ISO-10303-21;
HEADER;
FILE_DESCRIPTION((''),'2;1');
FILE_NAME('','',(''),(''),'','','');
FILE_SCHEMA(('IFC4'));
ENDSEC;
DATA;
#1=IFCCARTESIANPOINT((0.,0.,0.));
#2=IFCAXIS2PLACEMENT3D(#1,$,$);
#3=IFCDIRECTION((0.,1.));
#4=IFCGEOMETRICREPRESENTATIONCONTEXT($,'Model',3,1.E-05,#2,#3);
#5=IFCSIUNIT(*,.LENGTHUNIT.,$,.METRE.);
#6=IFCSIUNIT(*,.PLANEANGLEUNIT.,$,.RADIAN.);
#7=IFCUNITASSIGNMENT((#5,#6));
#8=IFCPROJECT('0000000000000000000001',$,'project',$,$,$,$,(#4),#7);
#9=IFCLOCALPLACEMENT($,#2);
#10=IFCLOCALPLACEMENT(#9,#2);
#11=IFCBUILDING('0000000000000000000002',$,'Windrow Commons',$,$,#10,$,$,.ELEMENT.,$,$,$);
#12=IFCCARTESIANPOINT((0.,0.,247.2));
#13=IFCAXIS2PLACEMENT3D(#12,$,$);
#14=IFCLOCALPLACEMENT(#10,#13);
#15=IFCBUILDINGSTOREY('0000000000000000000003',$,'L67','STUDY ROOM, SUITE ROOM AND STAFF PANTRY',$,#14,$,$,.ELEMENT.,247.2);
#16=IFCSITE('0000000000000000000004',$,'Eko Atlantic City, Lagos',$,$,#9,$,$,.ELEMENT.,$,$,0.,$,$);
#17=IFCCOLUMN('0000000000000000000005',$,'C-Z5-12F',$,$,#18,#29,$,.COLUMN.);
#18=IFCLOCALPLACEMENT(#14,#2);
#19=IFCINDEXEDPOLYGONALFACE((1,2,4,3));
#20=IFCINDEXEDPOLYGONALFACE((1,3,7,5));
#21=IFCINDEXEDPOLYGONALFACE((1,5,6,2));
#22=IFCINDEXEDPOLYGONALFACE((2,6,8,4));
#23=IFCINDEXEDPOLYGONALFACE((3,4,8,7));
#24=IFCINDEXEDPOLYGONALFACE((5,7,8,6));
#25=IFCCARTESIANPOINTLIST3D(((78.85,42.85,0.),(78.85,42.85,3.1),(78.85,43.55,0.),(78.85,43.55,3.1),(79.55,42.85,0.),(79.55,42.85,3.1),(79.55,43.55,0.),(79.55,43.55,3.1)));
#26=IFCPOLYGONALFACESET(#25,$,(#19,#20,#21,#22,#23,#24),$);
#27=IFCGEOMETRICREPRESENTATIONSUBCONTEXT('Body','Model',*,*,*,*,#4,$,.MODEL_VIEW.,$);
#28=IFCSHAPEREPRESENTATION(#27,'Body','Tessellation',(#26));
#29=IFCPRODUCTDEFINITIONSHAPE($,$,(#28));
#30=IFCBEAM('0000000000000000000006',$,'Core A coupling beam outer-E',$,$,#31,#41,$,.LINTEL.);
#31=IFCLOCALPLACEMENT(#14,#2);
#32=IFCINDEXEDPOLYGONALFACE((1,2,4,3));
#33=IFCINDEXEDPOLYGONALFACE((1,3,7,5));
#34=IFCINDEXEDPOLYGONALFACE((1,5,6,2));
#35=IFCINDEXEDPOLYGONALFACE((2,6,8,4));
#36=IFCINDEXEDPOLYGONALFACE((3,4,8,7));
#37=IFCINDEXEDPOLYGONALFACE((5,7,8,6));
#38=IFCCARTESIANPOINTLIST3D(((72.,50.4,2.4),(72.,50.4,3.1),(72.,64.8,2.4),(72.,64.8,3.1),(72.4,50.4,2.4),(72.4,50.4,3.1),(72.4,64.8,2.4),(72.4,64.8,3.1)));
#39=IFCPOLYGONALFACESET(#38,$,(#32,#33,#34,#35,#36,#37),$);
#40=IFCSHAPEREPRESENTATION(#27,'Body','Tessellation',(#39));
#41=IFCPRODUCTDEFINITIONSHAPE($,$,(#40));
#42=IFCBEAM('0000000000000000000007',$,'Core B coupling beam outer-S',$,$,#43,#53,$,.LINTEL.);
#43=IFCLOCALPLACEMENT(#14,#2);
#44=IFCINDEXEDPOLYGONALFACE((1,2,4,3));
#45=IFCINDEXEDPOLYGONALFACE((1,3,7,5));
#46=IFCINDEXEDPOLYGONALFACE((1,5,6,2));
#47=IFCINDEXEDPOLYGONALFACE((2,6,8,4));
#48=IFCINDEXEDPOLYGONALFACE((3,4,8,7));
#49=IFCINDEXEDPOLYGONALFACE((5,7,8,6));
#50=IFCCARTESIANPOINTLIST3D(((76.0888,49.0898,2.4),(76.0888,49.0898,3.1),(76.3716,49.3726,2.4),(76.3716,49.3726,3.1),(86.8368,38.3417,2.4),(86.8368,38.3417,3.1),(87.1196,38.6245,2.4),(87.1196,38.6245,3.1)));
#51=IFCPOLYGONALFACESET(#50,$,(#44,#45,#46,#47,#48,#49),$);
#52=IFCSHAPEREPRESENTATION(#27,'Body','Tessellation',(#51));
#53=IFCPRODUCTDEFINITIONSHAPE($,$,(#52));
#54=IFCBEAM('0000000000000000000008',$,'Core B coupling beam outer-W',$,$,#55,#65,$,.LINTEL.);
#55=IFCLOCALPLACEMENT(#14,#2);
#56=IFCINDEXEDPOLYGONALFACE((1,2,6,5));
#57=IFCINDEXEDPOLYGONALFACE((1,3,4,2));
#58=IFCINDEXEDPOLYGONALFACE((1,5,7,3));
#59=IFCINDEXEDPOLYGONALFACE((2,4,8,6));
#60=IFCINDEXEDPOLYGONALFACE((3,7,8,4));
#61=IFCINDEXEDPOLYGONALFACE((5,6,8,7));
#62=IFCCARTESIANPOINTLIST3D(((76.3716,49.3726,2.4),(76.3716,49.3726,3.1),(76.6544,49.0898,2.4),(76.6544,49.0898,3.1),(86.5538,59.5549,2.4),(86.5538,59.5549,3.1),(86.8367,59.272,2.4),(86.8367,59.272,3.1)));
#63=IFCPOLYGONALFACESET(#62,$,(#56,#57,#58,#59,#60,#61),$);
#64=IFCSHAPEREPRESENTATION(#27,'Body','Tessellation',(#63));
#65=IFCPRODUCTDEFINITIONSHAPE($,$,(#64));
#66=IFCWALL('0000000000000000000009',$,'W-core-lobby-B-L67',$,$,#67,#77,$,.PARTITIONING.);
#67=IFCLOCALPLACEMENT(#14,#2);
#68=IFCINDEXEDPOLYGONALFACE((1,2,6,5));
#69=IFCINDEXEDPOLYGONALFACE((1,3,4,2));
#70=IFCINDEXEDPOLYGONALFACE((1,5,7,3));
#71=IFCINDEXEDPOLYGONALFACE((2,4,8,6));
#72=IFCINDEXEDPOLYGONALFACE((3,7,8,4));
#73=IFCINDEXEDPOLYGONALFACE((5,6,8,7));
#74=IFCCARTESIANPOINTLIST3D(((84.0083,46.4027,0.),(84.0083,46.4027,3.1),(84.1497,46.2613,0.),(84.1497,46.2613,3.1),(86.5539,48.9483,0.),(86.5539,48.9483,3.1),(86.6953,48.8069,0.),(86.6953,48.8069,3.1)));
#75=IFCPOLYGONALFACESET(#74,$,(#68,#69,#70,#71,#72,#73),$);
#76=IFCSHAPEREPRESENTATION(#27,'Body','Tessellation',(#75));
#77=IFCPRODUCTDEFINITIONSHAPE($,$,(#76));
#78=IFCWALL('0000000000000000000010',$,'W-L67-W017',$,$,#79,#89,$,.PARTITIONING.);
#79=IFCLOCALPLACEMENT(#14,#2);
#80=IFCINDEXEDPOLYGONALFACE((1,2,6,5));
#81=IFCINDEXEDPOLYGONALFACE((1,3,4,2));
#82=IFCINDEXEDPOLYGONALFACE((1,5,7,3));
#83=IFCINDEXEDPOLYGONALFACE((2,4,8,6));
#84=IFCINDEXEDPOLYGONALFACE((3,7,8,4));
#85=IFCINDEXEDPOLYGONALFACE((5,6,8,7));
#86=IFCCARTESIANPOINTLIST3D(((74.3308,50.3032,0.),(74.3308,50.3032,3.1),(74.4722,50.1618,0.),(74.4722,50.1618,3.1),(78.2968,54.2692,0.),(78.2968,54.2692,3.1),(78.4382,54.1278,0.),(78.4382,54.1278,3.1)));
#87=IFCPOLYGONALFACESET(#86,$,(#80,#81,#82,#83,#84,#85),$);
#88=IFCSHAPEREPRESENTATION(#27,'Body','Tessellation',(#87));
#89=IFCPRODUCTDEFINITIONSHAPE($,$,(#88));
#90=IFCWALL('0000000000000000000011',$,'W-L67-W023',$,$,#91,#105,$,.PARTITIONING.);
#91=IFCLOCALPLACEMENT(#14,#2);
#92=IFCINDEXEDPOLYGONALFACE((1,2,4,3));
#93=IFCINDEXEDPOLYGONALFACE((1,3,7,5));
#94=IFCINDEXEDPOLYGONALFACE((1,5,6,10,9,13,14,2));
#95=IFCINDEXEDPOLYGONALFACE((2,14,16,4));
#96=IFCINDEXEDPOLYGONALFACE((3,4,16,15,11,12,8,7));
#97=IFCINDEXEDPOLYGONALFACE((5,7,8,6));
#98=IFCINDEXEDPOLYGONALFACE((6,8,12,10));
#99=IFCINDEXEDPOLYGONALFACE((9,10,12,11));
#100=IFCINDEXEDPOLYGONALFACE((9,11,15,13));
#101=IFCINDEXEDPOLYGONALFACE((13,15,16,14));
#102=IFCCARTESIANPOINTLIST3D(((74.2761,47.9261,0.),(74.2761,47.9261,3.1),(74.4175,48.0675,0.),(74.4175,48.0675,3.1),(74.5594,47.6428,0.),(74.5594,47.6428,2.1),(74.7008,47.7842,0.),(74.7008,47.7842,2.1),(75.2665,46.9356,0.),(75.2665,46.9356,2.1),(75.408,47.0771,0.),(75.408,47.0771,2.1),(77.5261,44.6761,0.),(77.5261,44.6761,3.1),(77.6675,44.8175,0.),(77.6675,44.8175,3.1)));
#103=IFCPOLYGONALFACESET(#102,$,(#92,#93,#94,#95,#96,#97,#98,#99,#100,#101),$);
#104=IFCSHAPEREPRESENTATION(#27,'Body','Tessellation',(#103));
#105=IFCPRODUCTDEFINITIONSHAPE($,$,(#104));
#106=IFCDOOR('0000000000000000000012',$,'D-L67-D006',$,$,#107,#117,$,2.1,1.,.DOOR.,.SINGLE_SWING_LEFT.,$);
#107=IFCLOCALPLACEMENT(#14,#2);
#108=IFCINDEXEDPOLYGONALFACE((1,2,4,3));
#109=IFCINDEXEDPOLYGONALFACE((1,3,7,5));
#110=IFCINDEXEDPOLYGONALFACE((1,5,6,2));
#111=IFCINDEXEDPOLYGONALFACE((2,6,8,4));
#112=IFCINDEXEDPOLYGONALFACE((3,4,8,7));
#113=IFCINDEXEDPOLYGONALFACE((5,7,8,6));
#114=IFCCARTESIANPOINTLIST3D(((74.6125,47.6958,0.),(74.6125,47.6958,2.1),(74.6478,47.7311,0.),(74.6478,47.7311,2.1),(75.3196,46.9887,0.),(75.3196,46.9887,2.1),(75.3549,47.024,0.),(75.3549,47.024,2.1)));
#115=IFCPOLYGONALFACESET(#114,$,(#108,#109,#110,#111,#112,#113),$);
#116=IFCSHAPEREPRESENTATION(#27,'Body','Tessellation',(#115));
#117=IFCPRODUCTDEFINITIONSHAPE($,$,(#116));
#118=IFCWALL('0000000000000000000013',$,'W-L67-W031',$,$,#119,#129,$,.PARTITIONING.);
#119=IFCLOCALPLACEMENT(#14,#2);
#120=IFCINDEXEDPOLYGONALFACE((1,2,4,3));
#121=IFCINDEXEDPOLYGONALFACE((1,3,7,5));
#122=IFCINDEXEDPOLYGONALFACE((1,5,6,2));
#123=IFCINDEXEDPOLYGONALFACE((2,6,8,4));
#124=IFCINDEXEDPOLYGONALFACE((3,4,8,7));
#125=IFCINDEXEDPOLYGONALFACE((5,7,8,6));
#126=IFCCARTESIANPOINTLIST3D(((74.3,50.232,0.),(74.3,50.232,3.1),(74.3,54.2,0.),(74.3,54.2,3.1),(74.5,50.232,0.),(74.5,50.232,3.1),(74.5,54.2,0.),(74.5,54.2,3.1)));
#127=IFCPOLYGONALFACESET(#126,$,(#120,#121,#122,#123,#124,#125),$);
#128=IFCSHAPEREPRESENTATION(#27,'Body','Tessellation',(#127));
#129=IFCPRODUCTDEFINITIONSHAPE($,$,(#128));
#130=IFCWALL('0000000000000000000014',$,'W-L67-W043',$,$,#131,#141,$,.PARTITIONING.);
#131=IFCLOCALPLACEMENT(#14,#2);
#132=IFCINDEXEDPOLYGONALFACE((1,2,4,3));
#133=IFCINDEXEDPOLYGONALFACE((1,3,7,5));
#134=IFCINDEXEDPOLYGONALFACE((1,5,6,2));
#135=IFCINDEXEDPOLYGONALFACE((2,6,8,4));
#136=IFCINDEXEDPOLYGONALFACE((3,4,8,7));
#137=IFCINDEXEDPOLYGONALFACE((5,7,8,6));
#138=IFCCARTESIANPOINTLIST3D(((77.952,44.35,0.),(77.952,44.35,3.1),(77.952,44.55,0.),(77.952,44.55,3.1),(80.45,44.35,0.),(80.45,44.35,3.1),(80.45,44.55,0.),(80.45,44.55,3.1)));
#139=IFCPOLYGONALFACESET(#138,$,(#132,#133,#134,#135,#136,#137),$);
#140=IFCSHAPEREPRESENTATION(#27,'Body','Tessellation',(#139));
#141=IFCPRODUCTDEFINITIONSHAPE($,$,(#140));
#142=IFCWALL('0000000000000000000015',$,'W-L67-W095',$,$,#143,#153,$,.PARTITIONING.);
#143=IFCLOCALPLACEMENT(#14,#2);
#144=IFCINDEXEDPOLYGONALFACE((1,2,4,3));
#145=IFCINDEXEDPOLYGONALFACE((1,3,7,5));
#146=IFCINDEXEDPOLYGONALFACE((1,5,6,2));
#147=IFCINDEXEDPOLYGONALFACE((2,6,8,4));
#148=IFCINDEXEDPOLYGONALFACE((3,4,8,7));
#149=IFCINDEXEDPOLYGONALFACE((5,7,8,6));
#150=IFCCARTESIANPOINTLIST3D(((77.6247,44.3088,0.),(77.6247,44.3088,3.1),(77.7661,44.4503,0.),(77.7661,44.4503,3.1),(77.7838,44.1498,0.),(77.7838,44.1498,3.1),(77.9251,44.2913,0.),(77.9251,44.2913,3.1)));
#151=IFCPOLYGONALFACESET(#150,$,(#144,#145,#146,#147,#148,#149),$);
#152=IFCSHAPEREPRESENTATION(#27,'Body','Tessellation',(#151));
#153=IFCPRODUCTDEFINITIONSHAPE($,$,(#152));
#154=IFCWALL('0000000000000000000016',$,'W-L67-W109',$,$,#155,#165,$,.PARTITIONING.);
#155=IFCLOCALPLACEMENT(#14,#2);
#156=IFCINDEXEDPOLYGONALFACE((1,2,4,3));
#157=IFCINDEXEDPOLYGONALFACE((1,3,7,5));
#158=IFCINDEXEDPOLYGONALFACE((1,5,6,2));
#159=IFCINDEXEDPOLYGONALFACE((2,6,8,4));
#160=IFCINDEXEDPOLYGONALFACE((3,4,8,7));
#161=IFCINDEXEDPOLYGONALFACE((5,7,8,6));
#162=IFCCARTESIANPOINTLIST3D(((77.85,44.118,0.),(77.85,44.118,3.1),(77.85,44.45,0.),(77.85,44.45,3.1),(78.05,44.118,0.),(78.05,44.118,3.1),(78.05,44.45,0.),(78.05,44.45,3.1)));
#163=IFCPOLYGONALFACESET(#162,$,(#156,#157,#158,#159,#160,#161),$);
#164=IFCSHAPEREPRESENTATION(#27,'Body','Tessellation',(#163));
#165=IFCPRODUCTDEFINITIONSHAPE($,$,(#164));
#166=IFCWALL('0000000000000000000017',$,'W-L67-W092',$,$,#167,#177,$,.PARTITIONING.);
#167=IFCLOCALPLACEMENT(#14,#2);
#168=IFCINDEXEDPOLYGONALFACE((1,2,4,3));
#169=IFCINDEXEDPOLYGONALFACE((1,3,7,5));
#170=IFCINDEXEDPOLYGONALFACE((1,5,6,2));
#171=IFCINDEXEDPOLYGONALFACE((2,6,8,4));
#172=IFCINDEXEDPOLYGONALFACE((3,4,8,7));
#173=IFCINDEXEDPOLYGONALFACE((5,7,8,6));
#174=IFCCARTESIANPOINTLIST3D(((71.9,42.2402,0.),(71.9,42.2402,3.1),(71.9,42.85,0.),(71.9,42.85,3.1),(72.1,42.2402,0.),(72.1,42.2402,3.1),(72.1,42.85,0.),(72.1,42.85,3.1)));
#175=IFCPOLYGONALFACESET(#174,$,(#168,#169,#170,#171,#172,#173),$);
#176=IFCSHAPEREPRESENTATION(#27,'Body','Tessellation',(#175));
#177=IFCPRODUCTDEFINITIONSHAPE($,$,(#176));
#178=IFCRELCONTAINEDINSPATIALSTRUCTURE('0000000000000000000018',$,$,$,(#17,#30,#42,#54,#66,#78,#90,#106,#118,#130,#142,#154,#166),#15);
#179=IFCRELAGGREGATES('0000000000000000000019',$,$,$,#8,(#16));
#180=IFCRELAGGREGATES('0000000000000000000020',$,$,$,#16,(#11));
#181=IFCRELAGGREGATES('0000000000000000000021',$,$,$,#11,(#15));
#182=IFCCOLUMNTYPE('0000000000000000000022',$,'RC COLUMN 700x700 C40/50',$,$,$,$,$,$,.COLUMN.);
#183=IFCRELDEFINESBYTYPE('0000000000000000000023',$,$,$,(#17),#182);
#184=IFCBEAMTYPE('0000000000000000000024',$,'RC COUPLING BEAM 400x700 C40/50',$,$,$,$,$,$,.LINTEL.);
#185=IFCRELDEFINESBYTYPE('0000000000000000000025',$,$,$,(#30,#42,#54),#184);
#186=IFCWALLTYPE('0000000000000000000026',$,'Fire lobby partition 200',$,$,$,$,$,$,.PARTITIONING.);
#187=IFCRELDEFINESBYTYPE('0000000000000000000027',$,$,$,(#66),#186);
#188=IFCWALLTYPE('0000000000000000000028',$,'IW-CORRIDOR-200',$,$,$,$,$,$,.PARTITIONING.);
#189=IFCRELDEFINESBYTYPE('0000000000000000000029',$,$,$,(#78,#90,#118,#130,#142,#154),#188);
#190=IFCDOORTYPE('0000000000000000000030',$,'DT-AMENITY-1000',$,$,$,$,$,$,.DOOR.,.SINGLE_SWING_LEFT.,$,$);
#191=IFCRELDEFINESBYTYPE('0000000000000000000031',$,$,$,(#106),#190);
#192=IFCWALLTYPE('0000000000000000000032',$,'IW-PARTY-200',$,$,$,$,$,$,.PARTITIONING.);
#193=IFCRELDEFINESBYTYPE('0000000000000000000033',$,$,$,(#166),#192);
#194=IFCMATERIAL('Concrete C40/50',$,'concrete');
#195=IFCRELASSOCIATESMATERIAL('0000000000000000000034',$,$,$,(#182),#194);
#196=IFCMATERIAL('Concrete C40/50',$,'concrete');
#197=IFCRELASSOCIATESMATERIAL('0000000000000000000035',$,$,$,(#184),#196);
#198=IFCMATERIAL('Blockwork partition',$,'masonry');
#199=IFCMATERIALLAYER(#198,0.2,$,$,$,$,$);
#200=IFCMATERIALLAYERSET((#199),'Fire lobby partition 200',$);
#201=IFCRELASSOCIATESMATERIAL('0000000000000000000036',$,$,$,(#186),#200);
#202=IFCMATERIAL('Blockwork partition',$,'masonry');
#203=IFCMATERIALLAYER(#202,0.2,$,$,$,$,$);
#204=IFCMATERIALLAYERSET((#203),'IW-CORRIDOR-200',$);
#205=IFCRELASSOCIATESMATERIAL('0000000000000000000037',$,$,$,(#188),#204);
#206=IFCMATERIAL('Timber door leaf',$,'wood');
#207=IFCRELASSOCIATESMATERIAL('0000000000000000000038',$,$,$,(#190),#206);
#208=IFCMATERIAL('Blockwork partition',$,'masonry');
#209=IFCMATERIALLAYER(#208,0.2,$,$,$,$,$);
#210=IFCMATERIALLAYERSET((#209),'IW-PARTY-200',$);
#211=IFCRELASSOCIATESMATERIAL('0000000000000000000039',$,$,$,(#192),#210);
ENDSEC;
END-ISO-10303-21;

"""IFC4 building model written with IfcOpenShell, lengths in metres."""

from ifc_helpers import new_model, si_unit, direction, frame, frame_2d, origin, origin_2d, place, context, subcontext, project, spatial, rectangle, extrude, material, layer, layer_set, material_profile, profile_set, type_object, element, fill, save


model = new_model("IFC4")

# Units and contexts
model_context = context("Model", 3, precision=1e-05, world=origin(), true_north=direction((0.0, 1.0)))
body_context = subcontext(model_context, "Body", "Model", "MODEL_VIEW")
ifc_project = project(units=[si_unit("LENGTHUNIT", "METRE"), si_unit("PLANEANGLEUNIT", "RADIAN")], contexts=[model_context])

# Site, building, storey
site_placement = place(None, origin())
site = spatial("IfcSite", under=ifc_project, at=site_placement, Name="Eko Atlantic City, Lagos", CompositionType="ELEMENT", RefElevation=0.0)
building_placement = place(site_placement, origin())
building = spatial("IfcBuilding", under=site, at=building_placement, Name="Windrow Commons", CompositionType="ELEMENT")
storey_placement = place(building_placement, frame((0.0, 0.0, 247.2)))
storey = spatial("IfcBuildingStorey", under=building, at=storey_placement, Name="L67", Description="STUDY ROOM, SUITE ROOM AND STAFF PANTRY", CompositionType="ELEMENT", Elevation=247.2)

# Column
ifc_material_1 = material(Name="Concrete C40/50", Category="concrete")
ifc_material_profile_1 = material_profile(ifc_material_1, rectangle(XDim=0.7, YDim=0.7, at=origin_2d()))
ifc_profile_set_1 = profile_set([ifc_material_profile_1], Name="Concrete C40/50")
column_type = type_object("IfcColumnType", Name="RC COLUMN 700x700 C40/50", PredefinedType="COLUMN", material=ifc_profile_set_1)
column_placement = place(storey_placement, frame((79.2, 43.2, 0.0), z_axis=(0.0, 0.0, 1.0), x_axis=(1.0, 0.0, 0.0)))
element("IfcColumn", 1, at=column_placement, inside=storey, type_object=column_type, Name="C-Z5-12F", PredefinedType="COLUMN", context=body_context, shape_type="SweptSolid", body=[
    extrude(rectangle(XDim=0.7, YDim=0.7, at=origin_2d()), origin(), (0.0, 0.0, 1.0), 3.1),
])

# Beams
ifc_material_2 = material(Name="Concrete C40/50", Category="concrete")
ifc_material_profile_2 = material_profile(ifc_material_2, rectangle(XDim=0.4, YDim=0.7, at=origin_2d()))
ifc_profile_set_2 = profile_set([ifc_material_profile_2], Name="Concrete C40/50")
beam_type = type_object("IfcBeamType", Name="RC COUPLING BEAM 400x700 C40/50", PredefinedType="LINTEL", material=ifc_profile_set_2)
beam_1_placement = place(storey_placement, frame((72.2, 50.4, 2.75), z_axis=(0.0, 1.0, 0.0), x_axis=(-1.0, 0.0, 0.0)))
element("IfcBeam", 2, at=beam_1_placement, inside=storey, type_object=beam_type, Name="Core A coupling beam outer-E", PredefinedType="LINTEL", context=body_context, shape_type="SweptSolid", body=[
    extrude(rectangle(XDim=0.4, YDim=0.7, at=origin_2d()), origin(), (0.0, 0.0, 1.0), 14.4),
])
beam_2_placement = place(storey_placement, frame((76.2302, 49.2312, 2.75), z_axis=(0.707103, -0.70711, 0.0), x_axis=(0.70711, 0.707103, 0.0)))
element("IfcBeam", 3, at=beam_2_placement, inside=storey, type_object=beam_type, Name="Core B coupling beam outer-S", PredefinedType="LINTEL", context=body_context, shape_type="SweptSolid", body=[
    extrude(rectangle(XDim=0.4, YDim=0.7, at=origin_2d()), origin(), (0.0, 0.0, 1.0), 15.2),
])
beam_3_placement = place(storey_placement, frame((76.513, 49.2312, 2.75), z_axis=(0.707107, 0.707107, 0.0), x_axis=(-0.707107, 0.707107, 0.0)))
element("IfcBeam", 4, at=beam_3_placement, inside=storey, type_object=beam_type, Name="Core B coupling beam outer-W", PredefinedType="LINTEL", context=body_context, shape_type="SweptSolid", body=[
    extrude(rectangle(XDim=0.4, YDim=0.7, at=origin_2d()), origin(), (0.0, 0.0, 1.0), 14.3999),
])

# Walls
ifc_material_3 = material(Name="Blockwork partition", Category="masonry")
ifc_layer_1 = layer(ifc_material_3, 0.2)
ifc_layer_set_1 = layer_set([ifc_layer_1], Name="Fire lobby partition 200")
wall_type_1 = type_object("IfcWallType", Name="Fire lobby partition 200", PredefinedType="PARTITIONING", material=ifc_layer_set_1)
wall_1_placement = place(storey_placement, frame((84.079, 46.332, 0.0), z_axis=(0.0, 0.0, 1.0), x_axis=(0.707107, 0.707107, 0.0)))
element("IfcWall", 5, at=wall_1_placement, inside=storey, type_object=wall_type_1, Name="W-core-lobby-B-L67", PredefinedType="PARTITIONING", context=body_context, shape_type="SweptSolid", body=[
    extrude(rectangle(XDim=3.6, YDim=0.2, at=frame_2d((1.8, 0.0))), origin(), (0.0, 0.0, 1.0), 3.1),
])
ifc_material_4 = material(Name="Blockwork partition", Category="masonry")
ifc_layer_2 = layer(ifc_material_4, 0.2)
ifc_layer_set_2 = layer_set([ifc_layer_2], Name="IW-CORRIDOR-200")
wall_type_2 = type_object("IfcWallType", Name="IW-CORRIDOR-200", PredefinedType="PARTITIONING", material=ifc_layer_set_2)
wall_2_placement = place(storey_placement, frame((74.4015, 50.2325, 0.0), z_axis=(0.0, 0.0, 1.0), x_axis=(0.707107, 0.707107, 0.0)))
element("IfcWall", 6, at=wall_2_placement, inside=storey, type_object=wall_type_2, Name="W-L67-W017", PredefinedType="PARTITIONING", context=body_context, shape_type="SweptSolid", body=[
    extrude(rectangle(XDim=5.6088, YDim=0.2, at=frame_2d((2.8044, 0.0))), origin(), (0.0, 0.0, 1.0), 3.1),
])

# Wall, opening, door
wall_3_placement = place(storey_placement, frame((74.3468, 47.9968, 0.0), z_axis=(0.0, 0.0, 1.0), x_axis=(0.707107, -0.707107, 0.0)))
wall_3 = element("IfcWall", 7, at=wall_3_placement, inside=storey, type_object=wall_type_2, Name="W-L67-W023", PredefinedType="PARTITIONING", context=body_context, shape_type="SweptSolid", body=[
    extrude(rectangle(XDim=4.5962, YDim=0.2, at=frame_2d((2.2981, 0.0))), origin(), (0.0, 0.0, 1.0), 3.1),
])
opening_1_placement = place(wall_3_placement, frame((0.4007, 0.0, 0.0)))
opening_1 = element("IfcOpeningElement", 8, at=opening_1_placement, cuts=wall_3, PredefinedType="OPENING", context=body_context, shape_type="SweptSolid", body=[
    extrude(rectangle(XDim=1.0, YDim=2.1, at=frame_2d((0.5, 1.05))), frame((0.0, 0.11, 0.0), z_axis=(0.0, -1.0, 0.0), x_axis=(1.0, 0.0, 0.0)), (0.0, 0.0, 1.0), 0.22),
])
ifc_material_5 = material(Name="Timber door leaf", Category="wood")
door_type_1 = type_object("IfcDoorType", Name="DT-AMENITY-1000", OperationType="SINGLE_SWING_LEFT", PredefinedType="DOOR", material=ifc_material_5)
door_1_placement = place(opening_1_placement, origin())
door_1 = element("IfcDoor", 9, at=door_1_placement, inside=storey, type_object=door_type_1, Name="D-L67-D006", OperationType="SINGLE_SWING_LEFT", OverallHeight=2.1, OverallWidth=1.0, PredefinedType="DOOR", context=body_context, shape_type="SweptSolid", body=[
    extrude(rectangle(XDim=1.0, YDim=2.1, at=frame_2d((0.5, 1.05))), frame((0.0, 0.025, 0.0), z_axis=(0.0, -1.0, 0.0), x_axis=(1.0, 0.0, 0.0)), (0.0, 0.0, 1.0), 0.05),
])
fill(opening_1, door_1)

# Walls
wall_4_placement = place(storey_placement, frame((74.4, 50.232, 0.0), z_axis=(0.0, 0.0, 1.0), x_axis=(0.0, 1.0, 0.0)))
element("IfcWall", 10, at=wall_4_placement, inside=storey, type_object=wall_type_2, Name="W-L67-W031", PredefinedType="PARTITIONING", context=body_context, shape_type="SweptSolid", body=[
    extrude(rectangle(XDim=3.968, YDim=0.2, at=frame_2d((1.984, 0.0))), origin(), (0.0, 0.0, 1.0), 3.1),
])
wall_5_placement = place(storey_placement, frame((77.952, 44.45, 0.0), z_axis=(0.0, 0.0, 1.0), x_axis=(1.0, 0.0, 0.0)))
element("IfcWall", 11, at=wall_5_placement, inside=storey, type_object=wall_type_2, Name="W-L67-W043", PredefinedType="PARTITIONING", context=body_context, shape_type="SweptSolid", body=[
    extrude(rectangle(XDim=2.498, YDim=0.2, at=frame_2d((1.249, 0.0))), origin(), (0.0, 0.0, 1.0), 3.1),
])
wall_6_placement = place(storey_placement, frame((77.6954, 44.3795, 0.0), z_axis=(0.0, 0.0, 1.0), x_axis=(0.707329, -0.706884, 0.0)))
element("IfcWall", 12, at=wall_6_placement, inside=storey, type_object=wall_type_2, Name="W-L67-W095", PredefinedType="PARTITIONING", context=body_context, shape_type="SweptSolid", body=[
    extrude(rectangle(XDim=0.2249, YDim=0.2, at=frame_2d((0.1124, 0.0))), origin(), (0.0, 0.0, 1.0), 3.1),
])
wall_7_placement = place(storey_placement, frame((77.95, 44.118, 0.0), z_axis=(0.0, 0.0, 1.0), x_axis=(0.0, 1.0, 0.0)))
element("IfcWall", 13, at=wall_7_placement, inside=storey, type_object=wall_type_2, Name="W-L67-W109", PredefinedType="PARTITIONING", context=body_context, shape_type="SweptSolid", body=[
    extrude(rectangle(XDim=0.332, YDim=0.2, at=frame_2d((0.166, 0.0))), origin(), (0.0, 0.0, 1.0), 3.1),
])
ifc_material_6 = material(Name="Blockwork partition", Category="masonry")
ifc_layer_3 = layer(ifc_material_6, 0.2)
ifc_layer_set_3 = layer_set([ifc_layer_3], Name="IW-PARTY-200")
wall_type_3 = type_object("IfcWallType", Name="IW-PARTY-200", PredefinedType="PARTITIONING", material=ifc_layer_set_3)
wall_8_placement = place(storey_placement, frame((72.0, 42.2402, 0.0), z_axis=(0.0, 0.0, 1.0), x_axis=(0.0, 1.0, 0.0)))
element("IfcWall", 14, at=wall_8_placement, inside=storey, type_object=wall_type_3, Name="W-L67-W092", PredefinedType="PARTITIONING", context=body_context, shape_type="SweptSolid", body=[
    extrude(rectangle(XDim=0.6098, YDim=0.2, at=frame_2d((0.3049, 0.0))), origin(), (0.0, 0.0, 1.0), 3.1),
])

save(model, "model.ifc")
